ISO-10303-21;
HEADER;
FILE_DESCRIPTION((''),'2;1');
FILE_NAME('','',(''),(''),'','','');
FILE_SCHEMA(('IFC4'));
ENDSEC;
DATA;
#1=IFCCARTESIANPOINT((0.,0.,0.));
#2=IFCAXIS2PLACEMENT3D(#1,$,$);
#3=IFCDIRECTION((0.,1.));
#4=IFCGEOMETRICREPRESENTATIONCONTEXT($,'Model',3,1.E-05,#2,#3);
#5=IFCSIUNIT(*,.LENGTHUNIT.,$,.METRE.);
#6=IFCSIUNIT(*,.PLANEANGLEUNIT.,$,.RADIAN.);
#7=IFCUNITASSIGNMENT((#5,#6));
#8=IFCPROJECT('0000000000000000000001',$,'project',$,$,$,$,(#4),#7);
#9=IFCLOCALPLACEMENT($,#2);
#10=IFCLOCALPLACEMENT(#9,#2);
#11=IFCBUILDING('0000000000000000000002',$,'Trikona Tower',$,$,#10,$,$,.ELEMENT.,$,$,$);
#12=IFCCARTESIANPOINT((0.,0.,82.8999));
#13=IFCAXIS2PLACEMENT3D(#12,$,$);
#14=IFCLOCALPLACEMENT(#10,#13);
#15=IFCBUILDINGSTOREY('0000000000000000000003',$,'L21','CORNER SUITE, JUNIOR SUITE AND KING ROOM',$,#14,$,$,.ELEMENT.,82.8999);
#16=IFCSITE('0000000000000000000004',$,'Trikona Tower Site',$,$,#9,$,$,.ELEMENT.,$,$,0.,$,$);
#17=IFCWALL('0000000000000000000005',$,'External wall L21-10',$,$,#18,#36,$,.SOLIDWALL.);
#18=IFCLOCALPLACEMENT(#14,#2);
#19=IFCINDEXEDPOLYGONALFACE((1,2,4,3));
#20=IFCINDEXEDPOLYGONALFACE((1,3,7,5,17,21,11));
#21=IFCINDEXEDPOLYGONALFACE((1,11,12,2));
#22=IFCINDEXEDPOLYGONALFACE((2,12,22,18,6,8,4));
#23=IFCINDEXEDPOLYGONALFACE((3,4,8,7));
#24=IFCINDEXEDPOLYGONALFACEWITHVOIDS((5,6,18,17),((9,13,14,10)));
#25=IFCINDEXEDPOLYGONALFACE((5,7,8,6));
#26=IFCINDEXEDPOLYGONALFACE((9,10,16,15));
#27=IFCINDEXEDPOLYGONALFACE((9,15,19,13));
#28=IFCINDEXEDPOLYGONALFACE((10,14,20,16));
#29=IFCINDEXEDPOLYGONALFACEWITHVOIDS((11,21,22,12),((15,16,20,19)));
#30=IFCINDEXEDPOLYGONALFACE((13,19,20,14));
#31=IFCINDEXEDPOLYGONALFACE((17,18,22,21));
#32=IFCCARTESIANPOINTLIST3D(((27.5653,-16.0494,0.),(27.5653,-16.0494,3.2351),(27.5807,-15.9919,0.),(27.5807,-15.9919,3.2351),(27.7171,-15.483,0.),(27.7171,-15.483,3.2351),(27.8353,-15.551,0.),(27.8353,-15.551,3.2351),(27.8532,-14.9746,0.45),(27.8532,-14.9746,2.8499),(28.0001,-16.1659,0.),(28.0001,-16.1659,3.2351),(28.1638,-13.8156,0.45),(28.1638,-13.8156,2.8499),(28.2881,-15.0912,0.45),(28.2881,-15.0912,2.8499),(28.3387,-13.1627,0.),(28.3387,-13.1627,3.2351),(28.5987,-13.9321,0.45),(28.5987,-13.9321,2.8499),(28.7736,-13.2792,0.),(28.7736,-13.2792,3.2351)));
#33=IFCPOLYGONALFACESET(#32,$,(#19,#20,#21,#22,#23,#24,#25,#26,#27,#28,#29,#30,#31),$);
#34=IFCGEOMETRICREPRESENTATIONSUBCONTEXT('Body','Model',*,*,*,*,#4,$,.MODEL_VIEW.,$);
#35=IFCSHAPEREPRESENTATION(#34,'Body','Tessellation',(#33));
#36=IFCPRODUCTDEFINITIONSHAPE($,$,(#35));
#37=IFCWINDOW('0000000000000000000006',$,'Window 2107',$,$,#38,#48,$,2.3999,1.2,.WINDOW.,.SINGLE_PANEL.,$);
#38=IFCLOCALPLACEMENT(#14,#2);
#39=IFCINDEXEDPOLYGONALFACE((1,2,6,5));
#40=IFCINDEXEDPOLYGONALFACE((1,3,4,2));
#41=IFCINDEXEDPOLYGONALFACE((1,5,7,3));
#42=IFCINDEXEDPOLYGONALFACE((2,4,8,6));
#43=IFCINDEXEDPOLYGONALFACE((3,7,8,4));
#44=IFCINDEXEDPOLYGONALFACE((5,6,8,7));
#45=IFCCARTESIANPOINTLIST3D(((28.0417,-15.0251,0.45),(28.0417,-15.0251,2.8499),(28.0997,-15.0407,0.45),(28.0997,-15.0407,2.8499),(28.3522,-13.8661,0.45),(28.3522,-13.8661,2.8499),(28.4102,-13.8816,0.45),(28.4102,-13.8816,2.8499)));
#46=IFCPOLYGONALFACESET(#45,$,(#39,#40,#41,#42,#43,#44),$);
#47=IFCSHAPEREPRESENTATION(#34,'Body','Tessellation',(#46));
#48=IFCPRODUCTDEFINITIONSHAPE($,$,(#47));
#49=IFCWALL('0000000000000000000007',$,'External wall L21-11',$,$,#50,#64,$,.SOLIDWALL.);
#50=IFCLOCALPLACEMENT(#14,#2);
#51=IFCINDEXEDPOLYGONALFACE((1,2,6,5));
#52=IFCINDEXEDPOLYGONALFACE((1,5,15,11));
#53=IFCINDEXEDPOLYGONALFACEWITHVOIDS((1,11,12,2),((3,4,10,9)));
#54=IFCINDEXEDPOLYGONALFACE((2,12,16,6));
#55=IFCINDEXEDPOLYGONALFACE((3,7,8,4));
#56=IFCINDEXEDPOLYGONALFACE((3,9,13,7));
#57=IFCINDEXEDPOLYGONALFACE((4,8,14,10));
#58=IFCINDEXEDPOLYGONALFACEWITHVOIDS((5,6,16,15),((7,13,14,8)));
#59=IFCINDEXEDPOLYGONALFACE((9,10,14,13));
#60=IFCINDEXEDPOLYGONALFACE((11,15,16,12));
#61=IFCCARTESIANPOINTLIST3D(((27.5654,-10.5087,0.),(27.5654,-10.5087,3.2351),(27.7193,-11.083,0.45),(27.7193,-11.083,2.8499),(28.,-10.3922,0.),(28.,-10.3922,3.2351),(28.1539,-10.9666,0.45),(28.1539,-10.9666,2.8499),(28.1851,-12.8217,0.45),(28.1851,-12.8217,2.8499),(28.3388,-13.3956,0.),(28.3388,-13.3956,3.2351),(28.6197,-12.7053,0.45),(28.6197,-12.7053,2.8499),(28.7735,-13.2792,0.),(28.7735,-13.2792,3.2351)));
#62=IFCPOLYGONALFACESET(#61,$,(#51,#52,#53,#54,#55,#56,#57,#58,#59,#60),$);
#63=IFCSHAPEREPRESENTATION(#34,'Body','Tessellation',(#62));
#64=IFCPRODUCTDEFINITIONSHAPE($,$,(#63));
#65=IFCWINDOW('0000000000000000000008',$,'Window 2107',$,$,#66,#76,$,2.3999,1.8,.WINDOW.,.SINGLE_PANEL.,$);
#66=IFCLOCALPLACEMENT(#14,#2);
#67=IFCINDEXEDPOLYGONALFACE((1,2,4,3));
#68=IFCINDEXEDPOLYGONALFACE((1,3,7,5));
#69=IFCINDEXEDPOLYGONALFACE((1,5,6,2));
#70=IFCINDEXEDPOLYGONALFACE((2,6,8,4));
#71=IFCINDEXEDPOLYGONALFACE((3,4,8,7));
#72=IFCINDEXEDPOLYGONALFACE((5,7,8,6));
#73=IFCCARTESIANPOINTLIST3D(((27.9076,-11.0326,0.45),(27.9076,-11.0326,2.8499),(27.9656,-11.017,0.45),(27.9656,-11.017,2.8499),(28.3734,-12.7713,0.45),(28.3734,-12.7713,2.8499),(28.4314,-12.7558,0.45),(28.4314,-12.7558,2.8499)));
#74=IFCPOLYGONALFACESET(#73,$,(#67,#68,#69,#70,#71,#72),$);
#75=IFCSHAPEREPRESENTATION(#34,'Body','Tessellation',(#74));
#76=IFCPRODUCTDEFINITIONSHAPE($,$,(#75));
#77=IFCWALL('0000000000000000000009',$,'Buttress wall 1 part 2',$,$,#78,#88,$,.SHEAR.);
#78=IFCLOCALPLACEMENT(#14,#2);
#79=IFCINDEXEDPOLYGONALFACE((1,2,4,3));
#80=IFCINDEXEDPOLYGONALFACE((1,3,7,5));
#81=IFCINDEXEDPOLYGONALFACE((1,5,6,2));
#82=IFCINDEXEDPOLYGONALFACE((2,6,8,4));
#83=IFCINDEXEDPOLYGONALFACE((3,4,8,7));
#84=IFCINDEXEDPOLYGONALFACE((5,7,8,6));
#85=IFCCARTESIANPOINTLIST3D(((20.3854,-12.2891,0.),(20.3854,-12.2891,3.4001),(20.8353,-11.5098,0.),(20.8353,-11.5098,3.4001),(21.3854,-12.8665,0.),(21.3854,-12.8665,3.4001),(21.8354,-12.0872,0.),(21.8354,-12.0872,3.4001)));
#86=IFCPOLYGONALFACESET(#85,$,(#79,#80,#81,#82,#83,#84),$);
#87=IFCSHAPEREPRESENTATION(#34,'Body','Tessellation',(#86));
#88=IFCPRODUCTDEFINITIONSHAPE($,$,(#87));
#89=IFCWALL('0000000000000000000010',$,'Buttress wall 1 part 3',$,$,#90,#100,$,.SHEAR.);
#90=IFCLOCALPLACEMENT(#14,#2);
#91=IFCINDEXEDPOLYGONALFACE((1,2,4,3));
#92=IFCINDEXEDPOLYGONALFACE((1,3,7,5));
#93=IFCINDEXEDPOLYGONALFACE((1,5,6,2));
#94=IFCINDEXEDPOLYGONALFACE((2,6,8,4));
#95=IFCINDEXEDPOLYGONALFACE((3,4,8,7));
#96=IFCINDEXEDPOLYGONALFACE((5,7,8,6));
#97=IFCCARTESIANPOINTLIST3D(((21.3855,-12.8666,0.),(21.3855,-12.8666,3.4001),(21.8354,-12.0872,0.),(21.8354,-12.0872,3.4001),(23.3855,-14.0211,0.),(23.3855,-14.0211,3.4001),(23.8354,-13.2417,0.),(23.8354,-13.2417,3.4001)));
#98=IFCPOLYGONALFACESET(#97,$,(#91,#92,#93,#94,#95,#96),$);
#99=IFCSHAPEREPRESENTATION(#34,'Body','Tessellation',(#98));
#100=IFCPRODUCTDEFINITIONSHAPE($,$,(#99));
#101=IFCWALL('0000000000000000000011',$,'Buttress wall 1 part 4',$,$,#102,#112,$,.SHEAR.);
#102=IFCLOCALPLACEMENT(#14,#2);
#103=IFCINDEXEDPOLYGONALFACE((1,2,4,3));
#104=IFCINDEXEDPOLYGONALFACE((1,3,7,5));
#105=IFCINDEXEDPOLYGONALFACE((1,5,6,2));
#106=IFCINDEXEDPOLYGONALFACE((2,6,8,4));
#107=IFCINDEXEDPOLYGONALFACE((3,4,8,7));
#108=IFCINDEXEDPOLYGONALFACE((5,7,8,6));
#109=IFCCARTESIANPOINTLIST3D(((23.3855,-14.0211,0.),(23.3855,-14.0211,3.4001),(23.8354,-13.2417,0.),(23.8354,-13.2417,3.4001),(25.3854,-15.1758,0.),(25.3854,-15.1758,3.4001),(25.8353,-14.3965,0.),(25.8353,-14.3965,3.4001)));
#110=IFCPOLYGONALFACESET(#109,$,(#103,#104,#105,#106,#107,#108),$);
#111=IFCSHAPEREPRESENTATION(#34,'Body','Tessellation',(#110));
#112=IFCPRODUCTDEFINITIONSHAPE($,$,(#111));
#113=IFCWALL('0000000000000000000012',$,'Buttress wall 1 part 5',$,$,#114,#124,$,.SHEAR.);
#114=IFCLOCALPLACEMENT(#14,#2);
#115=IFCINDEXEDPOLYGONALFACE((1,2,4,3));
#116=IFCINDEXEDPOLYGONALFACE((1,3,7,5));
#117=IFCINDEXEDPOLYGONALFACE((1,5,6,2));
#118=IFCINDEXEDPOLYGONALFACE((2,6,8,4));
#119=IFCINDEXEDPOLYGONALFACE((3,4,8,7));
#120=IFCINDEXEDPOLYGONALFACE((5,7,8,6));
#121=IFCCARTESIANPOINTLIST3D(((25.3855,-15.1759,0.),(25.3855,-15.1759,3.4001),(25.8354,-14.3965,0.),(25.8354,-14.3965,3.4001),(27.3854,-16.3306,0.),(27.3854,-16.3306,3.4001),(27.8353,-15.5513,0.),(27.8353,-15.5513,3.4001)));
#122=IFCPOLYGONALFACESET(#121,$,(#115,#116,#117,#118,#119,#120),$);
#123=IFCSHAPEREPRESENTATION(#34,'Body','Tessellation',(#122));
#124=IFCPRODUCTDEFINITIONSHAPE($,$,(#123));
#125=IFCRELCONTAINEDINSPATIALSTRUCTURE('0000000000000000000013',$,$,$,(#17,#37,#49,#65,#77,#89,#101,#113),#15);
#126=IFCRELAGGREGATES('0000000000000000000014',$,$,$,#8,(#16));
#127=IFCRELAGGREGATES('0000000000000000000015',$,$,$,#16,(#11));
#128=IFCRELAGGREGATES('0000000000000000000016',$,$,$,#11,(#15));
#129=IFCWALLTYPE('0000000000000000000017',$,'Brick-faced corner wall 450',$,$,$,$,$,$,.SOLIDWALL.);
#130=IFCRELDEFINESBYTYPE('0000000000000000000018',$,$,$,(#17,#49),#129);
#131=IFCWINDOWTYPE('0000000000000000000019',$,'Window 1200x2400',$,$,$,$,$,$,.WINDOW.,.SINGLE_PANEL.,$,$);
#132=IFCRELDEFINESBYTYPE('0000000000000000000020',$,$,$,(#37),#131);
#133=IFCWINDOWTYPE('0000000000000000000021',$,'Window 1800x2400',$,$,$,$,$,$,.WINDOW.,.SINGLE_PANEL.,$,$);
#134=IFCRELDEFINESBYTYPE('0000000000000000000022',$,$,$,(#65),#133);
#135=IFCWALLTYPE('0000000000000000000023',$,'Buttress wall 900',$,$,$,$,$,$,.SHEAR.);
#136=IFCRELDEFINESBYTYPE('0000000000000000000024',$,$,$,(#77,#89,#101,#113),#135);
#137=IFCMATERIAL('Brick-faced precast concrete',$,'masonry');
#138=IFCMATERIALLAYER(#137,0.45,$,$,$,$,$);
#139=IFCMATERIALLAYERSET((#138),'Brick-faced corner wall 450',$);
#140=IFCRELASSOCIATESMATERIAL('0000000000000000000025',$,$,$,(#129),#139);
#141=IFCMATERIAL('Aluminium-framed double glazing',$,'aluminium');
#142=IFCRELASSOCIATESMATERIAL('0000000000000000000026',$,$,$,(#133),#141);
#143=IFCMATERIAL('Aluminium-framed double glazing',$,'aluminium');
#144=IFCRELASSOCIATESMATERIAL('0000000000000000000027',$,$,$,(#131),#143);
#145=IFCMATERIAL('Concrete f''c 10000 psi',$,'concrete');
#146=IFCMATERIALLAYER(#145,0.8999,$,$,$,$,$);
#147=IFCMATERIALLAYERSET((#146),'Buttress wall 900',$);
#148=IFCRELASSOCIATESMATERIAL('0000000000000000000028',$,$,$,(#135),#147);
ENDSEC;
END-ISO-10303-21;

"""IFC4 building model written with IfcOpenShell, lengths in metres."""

from ifc_helpers import new_model, si_unit, direction, frame, frame_2d, origin, place, context, subcontext, project, spatial, polyline, rectangle, outline, extrude, material, layer, layer_set, type_object, element, fill, save


model = new_model("IFC4")

# Units and contexts
model_context = context("Model", 3, precision=1e-05, world=origin(), true_north=direction((0.0, 1.0)))
body_context = subcontext(model_context, "Body", "Model", "MODEL_VIEW")
ifc_project = project(units=[si_unit("LENGTHUNIT", "METRE"), si_unit("PLANEANGLEUNIT", "RADIAN")], contexts=[model_context])

# Site, building, storey
site_placement = place(None, origin())
site = spatial("IfcSite", under=ifc_project, at=site_placement, Name="Trikona Tower Site", CompositionType="ELEMENT", RefElevation=0.0)
building_placement = place(site_placement, origin())
building = spatial("IfcBuilding", under=site, at=building_placement, Name="Trikona Tower", CompositionType="ELEMENT")
storey_placement = place(building_placement, frame((0.0, 0.0, 82.8999)))
storey = spatial("IfcBuildingStorey", under=building, at=storey_placement, Name="L21", Description="CORNER SUITE, JUNIOR SUITE AND KING ROOM", CompositionType="ELEMENT", Elevation=82.8999)

# Walls, openings, windows
ifc_material_1 = material(Name="Brick-faced precast concrete", Category="masonry")
ifc_layer_1 = layer(ifc_material_1, 0.45)
ifc_layer_set_1 = layer_set([ifc_layer_1], Name="Brick-faced corner wall 450")
wall_type_1 = type_object("IfcWallType", Name="Brick-faced corner wall 450", PredefinedType="SOLIDWALL", material=ifc_layer_set_1)
ifc_material_2 = material(Name="Aluminium-framed double glazing", Category="aluminium")
window_type_1 = type_object("IfcWindowType", Name="Window 1800x2400", PartitioningType="SINGLE_PANEL", PredefinedType="WINDOW", material=ifc_material_2)
ifc_material_3 = material(Name="Aluminium-framed double glazing", Category="aluminium")
window_type_2 = type_object("IfcWindowType", Name="Window 1200x2400", PartitioningType="SINGLE_PANEL", PredefinedType="WINDOW", material=ifc_material_3)
wall_1_placement = place(storey_placement, frame((27.7827, -16.1077, 0.0), z_axis=(0.0, 0.0, 1.0), x_axis=(0.258801, 0.965931, 0.0)))
wall_1 = element("IfcWall", 1, at=wall_1_placement, inside=storey, type_object=wall_type_1, Name="External wall L21-10", PredefinedType="SOLIDWALL", context=body_context, shape_type="SweptSolid", body=[
    extrude(outline(polyline([(2.9885, 0.2251), (0.5864, 0.2251), (0.5513, 0.0933), (0.0596, 0.2251), (0.0, 0.2251), (0.0, -0.2251), (2.9885, -0.2251), (2.9885, 0.2251)])), origin(), (0.0, 0.0, 1.0), 3.2351),
])
opening_1_placement = place(wall_1_placement, frame((1.1125, 0.0, 0.45)))
opening_1 = element("IfcOpeningElement", 2, at=opening_1_placement, cuts=wall_1, PredefinedType="OPENING", context=body_context, shape_type="SweptSolid", body=[
    extrude(rectangle(XDim=1.2, YDim=2.3999, at=frame_2d((0.6001, 1.2))), frame((0.0, 0.2349, 0.0), z_axis=(0.0, -1.0, 0.0), x_axis=(1.0, 0.0, 0.0)), (0.0, 0.0, 1.0), 0.47),
])
window_1_placement = place(opening_1_placement, origin())
window_1 = element("IfcWindow", 3, at=window_1_placement, inside=storey, type_object=window_type_2, Name="Window 2107", OverallHeight=2.3999, OverallWidth=1.2, PartitioningType="SINGLE_PANEL", PredefinedType="WINDOW", context=body_context, shape_type="SweptSolid", body=[
    extrude(rectangle(XDim=1.2, YDim=2.3999, at=frame_2d((0.6001, 1.2))), frame((0.0, 0.03, 0.0), z_axis=(0.0, -1.0, 0.0), x_axis=(1.0, 0.0, 0.0)), (0.0, 0.0, 1.0), 0.0601),
])
fill(opening_1, window_1)
wall_2_placement = place(storey_placement, frame((28.5562, -13.3374, 0.0), z_axis=(0.0, 0.0, 1.0), x_axis=(-0.258781, 0.965936, 0.0)))
wall_2 = element("IfcWall", 4, at=wall_2_placement, inside=storey, type_object=wall_type_1, Name="External wall L21-11", PredefinedType="SOLIDWALL", context=body_context, shape_type="SweptSolid", body=[
    extrude(rectangle(XDim=2.9888, YDim=0.45, at=frame_2d((1.4944, 0.0))), origin(), (0.0, 0.0, 1.0), 3.2351),
])
opening_2_placement = place(wall_2_placement, frame((0.5942, 0.0, 0.45)))
opening_2 = element("IfcOpeningElement", 5, at=opening_2_placement, cuts=wall_2, PredefinedType="OPENING", context=body_context, shape_type="SweptSolid", body=[
    extrude(rectangle(XDim=1.8, YDim=2.3999, at=frame_2d((0.8999, 1.2))), frame((0.0, 0.2349, 0.0), z_axis=(0.0, -1.0, 0.0), x_axis=(1.0, 0.0, 0.0)), (0.0, 0.0, 1.0), 0.47),
])
window_2_placement = place(opening_2_placement, origin())
window_2 = element("IfcWindow", 6, at=window_2_placement, inside=storey, type_object=window_type_1, Name="Window 2107", OverallHeight=2.3999, OverallWidth=1.8, PartitioningType="SINGLE_PANEL", PredefinedType="WINDOW", context=body_context, shape_type="SweptSolid", body=[
    extrude(rectangle(XDim=1.8, YDim=2.3999, at=frame_2d((0.8999, 1.2))), frame((0.0, 0.03, 0.0), z_axis=(0.0, -1.0, 0.0), x_axis=(1.0, 0.0, 0.0)), (0.0, 0.0, 1.0), 0.0601),
])
fill(opening_2, window_2)

# Walls
ifc_material_4 = material(Name="Concrete f'c 10000 psi", Category="concrete")
ifc_layer_2 = layer(ifc_material_4, 0.8999)
ifc_layer_set_2 = layer_set([ifc_layer_2], Name="Buttress wall 900")
wall_type_2 = type_object("IfcWallType", Name="Buttress wall 900", PredefinedType="SHEAR", material=ifc_layer_set_2)
wall_3_placement = place(storey_placement, frame((20.6104, -11.8994, 0.0), z_axis=(0.0, 0.0, 1.0), x_axis=(0.86601, -0.500027, 0.0)))
element("IfcWall", 7, at=wall_3_placement, inside=storey, type_object=wall_type_2, Name="Buttress wall 1 part 2", PredefinedType="SHEAR", context=body_context, shape_type="SweptSolid", body=[
    extrude(rectangle(XDim=1.1548, YDim=0.8999, at=frame_2d((0.5774, 0.0))), origin(), (0.0, 0.0, 1.0), 3.4001),
])
for number, where, z_axis, x_axis, name in (
    (8, (21.6104, -12.4768, 0.0), (0.0, 0.0, 1.0), (0.866055, -0.499948, 0.0), "Buttress wall 1 part 3"),
    (9, (23.6104, -13.6313, 0.0), (0.0, 0.0, 1.0), (0.86601, -0.500027, 0.0), "Buttress wall 1 part 4"),
    (10, (25.6104, -14.7861, 0.0), (0.0, 0.0, 1.0), (0.86601, -0.500027, 0.0), "Buttress wall 1 part 5"),
):
    element("IfcWall", number, at=place(storey_placement, frame(where, z_axis=z_axis, x_axis=x_axis)), inside=storey, type_object=wall_type_2, Name=name, PredefinedType="SHEAR", context=body_context, shape_type="SweptSolid", body=[
        extrude(rectangle(XDim=2.3093, YDim=0.8999, at=frame_2d((1.1548, 0.0))), origin(), (0.0, 0.0, 1.0), 3.4001),
    ])

save(model, "model.ifc")
